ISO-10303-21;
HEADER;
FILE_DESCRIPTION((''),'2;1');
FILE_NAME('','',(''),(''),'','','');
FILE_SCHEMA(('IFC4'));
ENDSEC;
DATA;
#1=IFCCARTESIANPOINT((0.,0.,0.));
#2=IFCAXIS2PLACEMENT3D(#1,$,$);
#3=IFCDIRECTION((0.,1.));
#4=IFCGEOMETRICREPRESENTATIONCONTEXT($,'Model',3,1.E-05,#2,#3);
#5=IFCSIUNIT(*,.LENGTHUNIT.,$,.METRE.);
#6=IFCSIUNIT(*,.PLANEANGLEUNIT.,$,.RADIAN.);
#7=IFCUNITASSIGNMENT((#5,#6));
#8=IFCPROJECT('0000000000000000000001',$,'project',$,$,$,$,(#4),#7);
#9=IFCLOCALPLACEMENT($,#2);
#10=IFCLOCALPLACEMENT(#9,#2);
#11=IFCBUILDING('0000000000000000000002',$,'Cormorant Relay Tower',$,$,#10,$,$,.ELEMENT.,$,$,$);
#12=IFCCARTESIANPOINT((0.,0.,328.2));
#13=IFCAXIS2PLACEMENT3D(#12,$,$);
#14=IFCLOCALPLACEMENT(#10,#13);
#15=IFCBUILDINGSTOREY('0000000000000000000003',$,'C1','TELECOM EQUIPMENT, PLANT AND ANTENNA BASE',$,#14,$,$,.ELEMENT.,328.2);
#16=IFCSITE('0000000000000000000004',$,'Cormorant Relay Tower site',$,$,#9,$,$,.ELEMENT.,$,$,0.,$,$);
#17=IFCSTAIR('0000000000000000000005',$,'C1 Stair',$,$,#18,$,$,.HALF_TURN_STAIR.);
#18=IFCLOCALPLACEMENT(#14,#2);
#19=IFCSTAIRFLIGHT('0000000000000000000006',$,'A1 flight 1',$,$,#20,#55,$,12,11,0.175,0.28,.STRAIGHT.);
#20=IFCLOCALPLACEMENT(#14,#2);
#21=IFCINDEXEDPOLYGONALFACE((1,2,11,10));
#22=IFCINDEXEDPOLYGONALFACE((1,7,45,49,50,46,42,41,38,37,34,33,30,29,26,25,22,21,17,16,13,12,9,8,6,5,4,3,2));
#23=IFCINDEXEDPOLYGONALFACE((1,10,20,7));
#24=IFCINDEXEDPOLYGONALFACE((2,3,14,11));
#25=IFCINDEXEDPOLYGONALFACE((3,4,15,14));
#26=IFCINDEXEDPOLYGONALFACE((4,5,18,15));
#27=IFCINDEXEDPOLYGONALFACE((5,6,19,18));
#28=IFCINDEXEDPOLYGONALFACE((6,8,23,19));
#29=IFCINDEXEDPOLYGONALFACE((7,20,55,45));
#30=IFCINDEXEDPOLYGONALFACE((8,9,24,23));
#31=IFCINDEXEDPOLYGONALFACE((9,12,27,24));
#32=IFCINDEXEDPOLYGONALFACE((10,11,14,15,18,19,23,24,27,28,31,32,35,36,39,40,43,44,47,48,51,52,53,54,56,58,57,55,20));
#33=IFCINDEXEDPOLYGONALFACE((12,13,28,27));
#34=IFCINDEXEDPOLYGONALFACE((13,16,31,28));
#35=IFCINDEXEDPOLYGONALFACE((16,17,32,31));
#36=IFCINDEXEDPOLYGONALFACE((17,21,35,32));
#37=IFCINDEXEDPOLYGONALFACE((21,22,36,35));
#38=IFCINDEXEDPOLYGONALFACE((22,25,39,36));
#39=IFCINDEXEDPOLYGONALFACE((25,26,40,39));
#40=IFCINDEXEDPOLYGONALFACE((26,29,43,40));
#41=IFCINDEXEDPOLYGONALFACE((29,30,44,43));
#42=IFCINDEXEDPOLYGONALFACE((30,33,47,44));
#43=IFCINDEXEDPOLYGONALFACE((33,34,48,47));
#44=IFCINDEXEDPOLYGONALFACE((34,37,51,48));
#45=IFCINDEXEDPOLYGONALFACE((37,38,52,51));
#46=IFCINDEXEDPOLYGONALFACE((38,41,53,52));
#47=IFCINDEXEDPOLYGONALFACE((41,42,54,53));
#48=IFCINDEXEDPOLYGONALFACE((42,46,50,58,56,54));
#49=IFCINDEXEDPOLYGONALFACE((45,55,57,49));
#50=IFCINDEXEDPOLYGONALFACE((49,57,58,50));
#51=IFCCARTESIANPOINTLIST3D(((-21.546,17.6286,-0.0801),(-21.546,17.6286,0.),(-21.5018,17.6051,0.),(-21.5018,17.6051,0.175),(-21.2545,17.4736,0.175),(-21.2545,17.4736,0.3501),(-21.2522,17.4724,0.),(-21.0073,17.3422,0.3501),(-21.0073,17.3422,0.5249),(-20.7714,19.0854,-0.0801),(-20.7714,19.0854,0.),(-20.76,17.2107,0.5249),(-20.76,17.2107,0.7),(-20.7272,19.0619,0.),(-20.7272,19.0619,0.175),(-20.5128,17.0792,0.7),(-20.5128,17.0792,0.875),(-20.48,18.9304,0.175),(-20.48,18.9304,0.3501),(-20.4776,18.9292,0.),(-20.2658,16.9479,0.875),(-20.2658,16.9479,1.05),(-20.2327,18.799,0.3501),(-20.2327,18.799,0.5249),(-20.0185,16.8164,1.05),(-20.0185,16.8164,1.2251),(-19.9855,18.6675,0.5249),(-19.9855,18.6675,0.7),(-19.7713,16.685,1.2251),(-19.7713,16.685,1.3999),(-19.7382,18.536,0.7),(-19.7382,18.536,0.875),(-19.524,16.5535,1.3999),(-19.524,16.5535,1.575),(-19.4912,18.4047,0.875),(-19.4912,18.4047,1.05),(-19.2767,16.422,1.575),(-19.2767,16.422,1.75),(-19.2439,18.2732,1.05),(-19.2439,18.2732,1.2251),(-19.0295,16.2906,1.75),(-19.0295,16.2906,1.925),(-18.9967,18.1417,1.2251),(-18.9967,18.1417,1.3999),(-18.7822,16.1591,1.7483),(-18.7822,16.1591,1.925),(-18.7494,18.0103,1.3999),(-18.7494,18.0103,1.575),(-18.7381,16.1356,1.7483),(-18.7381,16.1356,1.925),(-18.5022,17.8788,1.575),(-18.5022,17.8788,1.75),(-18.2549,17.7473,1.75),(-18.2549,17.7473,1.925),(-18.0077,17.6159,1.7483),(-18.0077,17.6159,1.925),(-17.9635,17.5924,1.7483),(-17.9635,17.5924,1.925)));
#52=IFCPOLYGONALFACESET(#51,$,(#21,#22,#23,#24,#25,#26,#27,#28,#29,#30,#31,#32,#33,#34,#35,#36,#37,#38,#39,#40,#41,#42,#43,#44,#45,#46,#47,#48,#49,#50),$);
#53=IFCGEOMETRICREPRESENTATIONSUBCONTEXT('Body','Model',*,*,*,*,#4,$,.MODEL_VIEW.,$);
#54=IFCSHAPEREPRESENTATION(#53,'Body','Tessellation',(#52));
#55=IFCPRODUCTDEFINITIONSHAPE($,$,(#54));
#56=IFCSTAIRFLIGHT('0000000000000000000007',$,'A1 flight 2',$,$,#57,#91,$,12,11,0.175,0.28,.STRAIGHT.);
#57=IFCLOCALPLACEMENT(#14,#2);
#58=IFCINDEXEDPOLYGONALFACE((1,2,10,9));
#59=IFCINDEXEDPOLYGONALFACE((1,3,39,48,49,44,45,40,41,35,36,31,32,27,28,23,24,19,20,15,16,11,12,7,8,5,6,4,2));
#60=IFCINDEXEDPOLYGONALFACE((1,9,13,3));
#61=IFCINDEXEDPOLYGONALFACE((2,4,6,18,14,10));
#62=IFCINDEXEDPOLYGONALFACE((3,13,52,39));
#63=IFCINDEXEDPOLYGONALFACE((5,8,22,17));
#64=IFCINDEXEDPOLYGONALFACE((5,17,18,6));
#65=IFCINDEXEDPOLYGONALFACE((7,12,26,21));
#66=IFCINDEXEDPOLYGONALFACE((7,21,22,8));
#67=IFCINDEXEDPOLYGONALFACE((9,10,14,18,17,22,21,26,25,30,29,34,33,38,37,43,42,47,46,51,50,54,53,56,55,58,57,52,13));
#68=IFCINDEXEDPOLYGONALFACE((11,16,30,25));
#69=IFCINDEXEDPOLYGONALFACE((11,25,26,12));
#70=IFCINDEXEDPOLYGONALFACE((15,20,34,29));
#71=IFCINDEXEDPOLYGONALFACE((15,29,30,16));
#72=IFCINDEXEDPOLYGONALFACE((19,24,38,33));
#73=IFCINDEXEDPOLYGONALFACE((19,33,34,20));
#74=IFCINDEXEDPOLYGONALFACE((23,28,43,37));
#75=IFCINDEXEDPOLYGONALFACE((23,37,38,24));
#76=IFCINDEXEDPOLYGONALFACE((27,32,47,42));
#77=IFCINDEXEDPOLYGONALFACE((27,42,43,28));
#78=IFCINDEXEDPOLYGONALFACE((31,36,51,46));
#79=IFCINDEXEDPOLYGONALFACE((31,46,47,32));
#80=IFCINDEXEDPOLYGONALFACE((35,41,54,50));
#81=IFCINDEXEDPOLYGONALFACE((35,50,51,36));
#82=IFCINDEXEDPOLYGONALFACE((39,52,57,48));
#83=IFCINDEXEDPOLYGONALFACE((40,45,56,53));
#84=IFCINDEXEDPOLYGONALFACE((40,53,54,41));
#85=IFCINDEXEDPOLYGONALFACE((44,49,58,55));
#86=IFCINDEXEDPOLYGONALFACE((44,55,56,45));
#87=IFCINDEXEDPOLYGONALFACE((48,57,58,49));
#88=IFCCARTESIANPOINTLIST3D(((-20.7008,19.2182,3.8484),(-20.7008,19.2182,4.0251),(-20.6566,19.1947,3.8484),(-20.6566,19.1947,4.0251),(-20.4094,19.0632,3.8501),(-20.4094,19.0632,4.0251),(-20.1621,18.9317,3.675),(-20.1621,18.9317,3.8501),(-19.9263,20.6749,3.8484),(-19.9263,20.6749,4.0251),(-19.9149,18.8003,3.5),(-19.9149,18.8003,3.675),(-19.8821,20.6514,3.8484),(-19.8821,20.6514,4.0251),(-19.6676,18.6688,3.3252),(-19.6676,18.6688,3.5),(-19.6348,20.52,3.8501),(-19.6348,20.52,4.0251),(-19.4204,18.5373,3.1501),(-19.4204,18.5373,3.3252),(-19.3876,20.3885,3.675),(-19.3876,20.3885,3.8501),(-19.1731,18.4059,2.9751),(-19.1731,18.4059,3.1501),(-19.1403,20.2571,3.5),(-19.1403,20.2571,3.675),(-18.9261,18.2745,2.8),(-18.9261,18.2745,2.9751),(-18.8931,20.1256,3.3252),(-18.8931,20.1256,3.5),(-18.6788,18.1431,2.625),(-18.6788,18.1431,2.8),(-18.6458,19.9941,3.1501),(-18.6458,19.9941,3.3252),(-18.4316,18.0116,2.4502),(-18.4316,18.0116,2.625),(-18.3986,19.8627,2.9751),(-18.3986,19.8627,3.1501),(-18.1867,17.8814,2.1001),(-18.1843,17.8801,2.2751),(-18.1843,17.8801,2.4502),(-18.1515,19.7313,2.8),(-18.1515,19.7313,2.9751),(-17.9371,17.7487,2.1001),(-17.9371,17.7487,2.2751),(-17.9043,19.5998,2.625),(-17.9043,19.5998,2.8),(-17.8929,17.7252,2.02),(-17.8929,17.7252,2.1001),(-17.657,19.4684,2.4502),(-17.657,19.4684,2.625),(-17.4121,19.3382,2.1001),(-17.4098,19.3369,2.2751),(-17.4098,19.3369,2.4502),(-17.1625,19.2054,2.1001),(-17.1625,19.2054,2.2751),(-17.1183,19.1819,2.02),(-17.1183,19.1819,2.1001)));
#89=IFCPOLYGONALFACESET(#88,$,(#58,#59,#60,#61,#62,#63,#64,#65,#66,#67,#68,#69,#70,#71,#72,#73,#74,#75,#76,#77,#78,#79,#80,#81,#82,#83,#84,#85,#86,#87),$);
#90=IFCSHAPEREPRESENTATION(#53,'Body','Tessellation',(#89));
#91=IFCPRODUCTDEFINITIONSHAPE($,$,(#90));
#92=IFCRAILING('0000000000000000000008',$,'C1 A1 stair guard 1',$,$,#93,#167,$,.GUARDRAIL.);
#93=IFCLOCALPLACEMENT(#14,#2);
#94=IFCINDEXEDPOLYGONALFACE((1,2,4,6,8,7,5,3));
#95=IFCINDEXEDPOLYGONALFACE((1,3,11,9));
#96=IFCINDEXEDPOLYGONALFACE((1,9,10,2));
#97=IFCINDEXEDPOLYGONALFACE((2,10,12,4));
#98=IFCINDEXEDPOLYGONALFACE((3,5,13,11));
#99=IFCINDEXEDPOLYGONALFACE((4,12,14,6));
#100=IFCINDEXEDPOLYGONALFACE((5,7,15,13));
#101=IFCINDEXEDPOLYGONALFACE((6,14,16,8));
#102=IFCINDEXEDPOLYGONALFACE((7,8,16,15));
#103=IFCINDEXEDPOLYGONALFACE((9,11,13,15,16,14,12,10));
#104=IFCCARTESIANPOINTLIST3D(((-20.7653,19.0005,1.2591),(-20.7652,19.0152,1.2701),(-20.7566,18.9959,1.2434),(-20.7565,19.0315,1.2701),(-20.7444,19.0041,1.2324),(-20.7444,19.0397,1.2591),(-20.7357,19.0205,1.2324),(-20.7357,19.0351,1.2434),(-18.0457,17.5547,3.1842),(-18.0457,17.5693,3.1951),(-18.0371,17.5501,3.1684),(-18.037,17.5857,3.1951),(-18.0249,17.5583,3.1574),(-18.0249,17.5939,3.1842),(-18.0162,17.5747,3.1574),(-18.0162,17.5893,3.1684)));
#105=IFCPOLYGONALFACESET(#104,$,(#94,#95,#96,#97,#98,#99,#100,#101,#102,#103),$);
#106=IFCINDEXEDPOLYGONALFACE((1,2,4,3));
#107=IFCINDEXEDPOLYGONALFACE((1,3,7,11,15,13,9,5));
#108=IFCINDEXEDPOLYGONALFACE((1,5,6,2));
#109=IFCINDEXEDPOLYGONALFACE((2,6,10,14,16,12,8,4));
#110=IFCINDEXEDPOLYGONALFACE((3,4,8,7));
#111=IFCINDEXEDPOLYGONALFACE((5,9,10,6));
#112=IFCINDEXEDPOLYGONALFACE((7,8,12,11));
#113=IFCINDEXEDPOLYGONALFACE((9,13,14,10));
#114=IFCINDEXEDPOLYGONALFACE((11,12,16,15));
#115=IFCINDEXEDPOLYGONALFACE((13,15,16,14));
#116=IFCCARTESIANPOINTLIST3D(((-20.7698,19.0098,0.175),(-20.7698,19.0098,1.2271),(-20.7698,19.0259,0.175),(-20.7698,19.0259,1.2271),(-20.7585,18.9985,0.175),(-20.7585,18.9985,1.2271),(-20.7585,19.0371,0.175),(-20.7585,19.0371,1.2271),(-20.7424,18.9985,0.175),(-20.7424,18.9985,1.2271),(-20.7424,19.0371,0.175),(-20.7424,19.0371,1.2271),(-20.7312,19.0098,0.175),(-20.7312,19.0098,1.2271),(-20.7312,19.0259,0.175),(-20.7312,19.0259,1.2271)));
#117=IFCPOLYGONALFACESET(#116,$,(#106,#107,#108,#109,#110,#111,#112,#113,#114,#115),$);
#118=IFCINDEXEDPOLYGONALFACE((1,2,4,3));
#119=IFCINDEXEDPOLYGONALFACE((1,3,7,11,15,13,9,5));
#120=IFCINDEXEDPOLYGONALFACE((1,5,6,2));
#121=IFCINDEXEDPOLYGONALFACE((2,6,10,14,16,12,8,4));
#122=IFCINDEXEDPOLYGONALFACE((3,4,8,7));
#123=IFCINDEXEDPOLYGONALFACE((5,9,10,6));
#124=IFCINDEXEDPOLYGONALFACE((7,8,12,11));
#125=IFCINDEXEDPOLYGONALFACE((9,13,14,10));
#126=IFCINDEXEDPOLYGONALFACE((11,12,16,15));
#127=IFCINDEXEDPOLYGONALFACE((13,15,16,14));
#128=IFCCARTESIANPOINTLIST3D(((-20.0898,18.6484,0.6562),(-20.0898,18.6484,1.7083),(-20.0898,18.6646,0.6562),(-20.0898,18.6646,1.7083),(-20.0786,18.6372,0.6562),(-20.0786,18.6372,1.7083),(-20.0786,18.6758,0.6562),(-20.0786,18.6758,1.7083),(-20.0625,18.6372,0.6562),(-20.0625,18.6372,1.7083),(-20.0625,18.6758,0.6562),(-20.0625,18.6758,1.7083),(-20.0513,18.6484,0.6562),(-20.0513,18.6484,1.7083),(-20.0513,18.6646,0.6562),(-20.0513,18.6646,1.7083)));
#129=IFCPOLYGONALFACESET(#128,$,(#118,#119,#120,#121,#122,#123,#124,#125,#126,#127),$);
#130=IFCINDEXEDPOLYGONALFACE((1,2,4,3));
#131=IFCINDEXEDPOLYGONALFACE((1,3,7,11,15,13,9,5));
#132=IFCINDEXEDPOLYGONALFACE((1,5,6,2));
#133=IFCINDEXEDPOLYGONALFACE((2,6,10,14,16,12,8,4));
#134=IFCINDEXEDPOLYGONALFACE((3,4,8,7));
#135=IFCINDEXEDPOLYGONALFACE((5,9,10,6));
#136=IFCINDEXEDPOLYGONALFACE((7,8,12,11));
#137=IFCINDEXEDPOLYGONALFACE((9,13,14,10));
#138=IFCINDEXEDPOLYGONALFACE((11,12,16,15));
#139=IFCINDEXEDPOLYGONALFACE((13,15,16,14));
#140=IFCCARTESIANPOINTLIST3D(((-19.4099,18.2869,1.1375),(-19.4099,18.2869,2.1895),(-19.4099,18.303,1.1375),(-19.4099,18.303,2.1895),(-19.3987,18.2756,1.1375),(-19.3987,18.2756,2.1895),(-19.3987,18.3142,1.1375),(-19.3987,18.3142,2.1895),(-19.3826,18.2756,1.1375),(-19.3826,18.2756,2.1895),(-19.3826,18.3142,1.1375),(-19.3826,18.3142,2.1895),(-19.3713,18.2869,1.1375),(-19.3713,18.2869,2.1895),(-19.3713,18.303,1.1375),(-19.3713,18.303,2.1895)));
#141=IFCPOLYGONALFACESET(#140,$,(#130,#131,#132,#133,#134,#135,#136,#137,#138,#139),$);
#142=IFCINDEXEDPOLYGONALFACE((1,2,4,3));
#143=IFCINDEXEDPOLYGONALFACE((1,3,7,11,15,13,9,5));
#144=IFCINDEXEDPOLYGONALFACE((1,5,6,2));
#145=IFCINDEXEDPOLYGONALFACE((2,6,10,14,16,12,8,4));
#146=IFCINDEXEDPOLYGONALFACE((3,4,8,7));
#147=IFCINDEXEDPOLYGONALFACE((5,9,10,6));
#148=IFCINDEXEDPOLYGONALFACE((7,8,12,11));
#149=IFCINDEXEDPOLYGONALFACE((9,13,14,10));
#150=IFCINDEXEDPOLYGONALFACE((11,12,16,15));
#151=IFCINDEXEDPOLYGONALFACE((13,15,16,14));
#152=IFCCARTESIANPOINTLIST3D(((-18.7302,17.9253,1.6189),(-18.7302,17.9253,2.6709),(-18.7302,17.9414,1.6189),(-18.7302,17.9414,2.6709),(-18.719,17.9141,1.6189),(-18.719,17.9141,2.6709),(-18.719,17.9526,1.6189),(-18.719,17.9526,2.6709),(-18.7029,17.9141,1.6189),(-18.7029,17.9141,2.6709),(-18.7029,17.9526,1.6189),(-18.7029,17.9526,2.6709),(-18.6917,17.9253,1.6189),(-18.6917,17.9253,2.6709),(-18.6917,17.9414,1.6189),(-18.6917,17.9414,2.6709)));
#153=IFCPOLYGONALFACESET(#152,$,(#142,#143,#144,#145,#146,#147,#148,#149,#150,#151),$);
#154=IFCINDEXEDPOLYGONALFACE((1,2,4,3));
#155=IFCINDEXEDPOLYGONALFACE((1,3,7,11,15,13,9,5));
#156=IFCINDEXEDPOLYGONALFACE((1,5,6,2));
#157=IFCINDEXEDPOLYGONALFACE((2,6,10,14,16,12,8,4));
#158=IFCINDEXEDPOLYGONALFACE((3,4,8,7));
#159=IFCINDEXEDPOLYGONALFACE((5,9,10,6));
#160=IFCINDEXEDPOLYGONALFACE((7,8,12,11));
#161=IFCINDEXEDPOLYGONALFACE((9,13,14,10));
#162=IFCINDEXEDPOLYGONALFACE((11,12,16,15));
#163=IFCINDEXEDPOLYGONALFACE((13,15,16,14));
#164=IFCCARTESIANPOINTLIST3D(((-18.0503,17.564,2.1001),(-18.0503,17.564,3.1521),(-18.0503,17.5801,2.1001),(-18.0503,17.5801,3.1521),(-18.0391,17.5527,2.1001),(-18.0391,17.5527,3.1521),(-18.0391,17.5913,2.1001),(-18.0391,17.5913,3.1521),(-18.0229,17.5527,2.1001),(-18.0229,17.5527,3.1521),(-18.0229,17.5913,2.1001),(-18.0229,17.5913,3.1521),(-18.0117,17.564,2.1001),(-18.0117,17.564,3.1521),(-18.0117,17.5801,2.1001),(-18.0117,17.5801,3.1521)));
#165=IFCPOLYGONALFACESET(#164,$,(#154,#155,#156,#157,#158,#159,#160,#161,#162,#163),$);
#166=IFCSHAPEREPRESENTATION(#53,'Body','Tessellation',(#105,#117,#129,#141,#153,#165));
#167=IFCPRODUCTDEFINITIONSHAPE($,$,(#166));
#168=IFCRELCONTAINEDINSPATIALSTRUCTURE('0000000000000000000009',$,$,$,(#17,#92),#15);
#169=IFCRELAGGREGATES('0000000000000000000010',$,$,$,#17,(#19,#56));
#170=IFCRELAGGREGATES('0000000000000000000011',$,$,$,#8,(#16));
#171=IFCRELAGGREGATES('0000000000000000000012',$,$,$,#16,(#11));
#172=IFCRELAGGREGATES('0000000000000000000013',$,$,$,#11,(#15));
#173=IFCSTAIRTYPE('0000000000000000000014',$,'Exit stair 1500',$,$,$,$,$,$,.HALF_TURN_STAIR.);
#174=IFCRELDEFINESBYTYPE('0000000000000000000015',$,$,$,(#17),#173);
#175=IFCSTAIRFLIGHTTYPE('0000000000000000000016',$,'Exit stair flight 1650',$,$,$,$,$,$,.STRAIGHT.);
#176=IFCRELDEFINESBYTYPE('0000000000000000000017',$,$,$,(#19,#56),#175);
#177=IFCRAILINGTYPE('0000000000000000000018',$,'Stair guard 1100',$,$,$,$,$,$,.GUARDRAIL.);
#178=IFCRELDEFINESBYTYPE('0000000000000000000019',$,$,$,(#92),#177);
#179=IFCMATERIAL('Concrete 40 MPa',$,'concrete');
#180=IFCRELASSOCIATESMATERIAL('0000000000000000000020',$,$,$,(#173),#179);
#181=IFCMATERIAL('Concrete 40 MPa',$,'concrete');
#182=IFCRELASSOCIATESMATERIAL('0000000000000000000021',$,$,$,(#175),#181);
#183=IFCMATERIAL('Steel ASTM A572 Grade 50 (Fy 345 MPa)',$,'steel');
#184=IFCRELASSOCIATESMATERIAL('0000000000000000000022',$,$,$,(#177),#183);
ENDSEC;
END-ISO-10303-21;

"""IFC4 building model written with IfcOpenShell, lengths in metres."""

from ifc_helpers import new_model, si_unit, direction, frame, origin, place, context, subcontext, project, spatial, polyline, outline, extrude, material, type_object, element, aggregate, save


model = new_model("IFC4")

# Units and contexts
model_context = context("Model", 3, precision=1e-05, world=origin(), true_north=direction((0.0, 1.0)))
body_context = subcontext(model_context, "Body", "Model", "MODEL_VIEW")
ifc_project = project(units=[si_unit("LENGTHUNIT", "METRE"), si_unit("PLANEANGLEUNIT", "RADIAN")], contexts=[model_context])

# Site, building, storey
site_placement = place(None, origin())
site = spatial("IfcSite", under=ifc_project, at=site_placement, Name="Cormorant Relay Tower site", CompositionType="ELEMENT", RefElevation=0.0)
building_placement = place(site_placement, origin())
building = spatial("IfcBuilding", under=site, at=building_placement, Name="Cormorant Relay Tower", CompositionType="ELEMENT")
storey_placement = place(building_placement, frame((0.0, 0.0, 328.2)))
storey = spatial("IfcBuildingStorey", under=building, at=storey_placement, Name="C1", Description="TELECOM EQUIPMENT, PLANT AND ANTENNA BASE", CompositionType="ELEMENT", Elevation=328.2)

# Stair, stair flights
ifc_material_1 = material(Name="Concrete 40 MPa", Category="concrete")
stair_type = type_object("IfcStairType", Name="Exit stair 1500", PredefinedType="HALF_TURN_STAIR", material=ifc_material_1)
stair_placement = place(storey_placement, origin())
stair = element("IfcStair", 1, at=stair_placement, inside=storey, type_object=stair_type, Name="C1 Stair", PredefinedType="HALF_TURN_STAIR")
ifc_material_2 = material(Name="Concrete 40 MPa", Category="concrete")
stair_flight_type = type_object("IfcStairFlightType", Name="Exit stair flight 1650", PredefinedType="STRAIGHT", material=ifc_material_2)
stair_flight_1_placement = place(storey_placement, frame((-21.1145, 18.3335, 0.0), z_axis=(0.0, 0.0, 1.0), x_axis=(0.882948, -0.469472, 0.0)))
stair_flight_1 = element("IfcStairFlight", 2, at=stair_flight_1_placement, type_object=stair_flight_type, Name="A1 flight 1", NumberOfRisers=12, NumberOfTreads=11, PredefinedType="STRAIGHT", RiserHeight=0.175, TreadLength=0.28, context=body_context, shape_type="SweptSolid", body=[
    extrude(outline(polyline([(-0.05, -0.0801), (-0.05, 0.0), (0.0, 0.0), (0.0, 0.175), (0.28, 0.175), (0.28, 0.3501), (0.5601, 0.3501), (0.5601, 0.5249), (0.8401, 0.5249), (0.8401, 0.7), (1.1201, 0.7), (1.1201, 0.875), (1.3999, 0.875), (1.3999, 1.05), (1.6799, 1.05), (1.6799, 1.2251), (1.96, 1.2251), (1.96, 1.3999), (2.24, 1.3999), (2.24, 1.575), (2.52, 1.575), (2.52, 1.75), (2.8, 1.75), (2.8, 1.925), (3.0801, 1.925), (3.1301, 1.925), (3.1301, 1.7483), (3.0801, 1.7483), (0.2827, 0.0), (-0.05, -0.0801)])), frame((0.0, 0.825, 0.0), z_axis=(0.0, -1.0, 0.0), x_axis=(1.0, 0.0, 0.0)), (0.0, 0.0, 1.0), 1.6499),
])
stair_flight_2_placement = place(storey_placement, frame((-17.5498, 18.4771, 2.1001), z_axis=(0.0, 0.0, 1.0), x_axis=(-0.882948, 0.469472, 0.0)))
stair_flight_2 = element("IfcStairFlight", 3, at=stair_flight_2_placement, type_object=stair_flight_type, Name="A1 flight 2", NumberOfRisers=12, NumberOfTreads=11, PredefinedType="STRAIGHT", RiserHeight=0.175, TreadLength=0.28, context=body_context, shape_type="SweptSolid", body=[
    extrude(outline(polyline([(-0.05, -0.0801), (-0.05, 0.0), (0.0, 0.0), (0.0, 0.175), (0.28, 0.175), (0.28, 0.3501), (0.5601, 0.3501), (0.5601, 0.5249), (0.8401, 0.5249), (0.8401, 0.7), (1.1201, 0.7), (1.1201, 0.875), (1.3999, 0.875), (1.3999, 1.05), (1.6799, 1.05), (1.6799, 1.2251), (1.96, 1.2251), (1.96, 1.3999), (2.24, 1.3999), (2.24, 1.575), (2.52, 1.575), (2.52, 1.75), (2.8, 1.75), (2.8, 1.925), (3.0801, 1.925), (3.1301, 1.925), (3.1301, 1.7483), (3.0801, 1.7483), (0.2827, 0.0), (-0.05, -0.0801)])), frame((0.0, 0.825, 0.0), z_axis=(0.0, -1.0, 0.0), x_axis=(1.0, 0.0, 0.0)), (0.0, 0.0, 1.0), 1.6499),
])
aggregate(stair, [stair_flight_1, stair_flight_2])

# Railing
ifc_material_3 = material(Name="Steel ASTM A572 Grade 50 (Fy 345 MPa)", Category="steel")
railing_type_1 = type_object("IfcRailingType", Name="Stair guard 1100", PredefinedType="GUARDRAIL", material=ifc_material_3)
railing_1_placement = place(storey_placement, frame((-20.7505, 19.0178, 0.175)))
element("IfcRailing", 4, at=railing_1_placement, inside=storey, type_object=railing_type_1, Name="C1 A1 stair guard 1", PredefinedType="GUARDRAIL", context=body_context, shape_type="SweptSolid", body=[
    extrude(outline(polyline([(0.0222, 0.0093), (0.0093, 0.0222), (-0.0093, 0.0222), (-0.0222, 0.0093), (-0.0222, -0.0093), (-0.0093, -0.0222), (0.0093, -0.0222), (0.0222, -0.0093), (0.0222, 0.0093)])), frame((0.0, 0.0, 1.0762), z_axis=(0.748747, -0.398068, 0.530018), x_axis=(0.469428, 0.882971, 0.0)), (0.0, 0.0, 1.0), 3.6321),
    extrude(outline(polyline([(0.0193, 0.0081), (0.0081, 0.0193), (-0.0081, 0.0193), (-0.0193, 0.0081), (-0.0193, -0.0081), (-0.0081, -0.0193), (0.0081, -0.0193), (0.0193, -0.0081), (0.0193, 0.0081)])), origin(), (0.0, 0.0, 1.0), 1.052),
    extrude(outline(polyline([(0.0193, 0.0081), (0.0081, 0.0193), (-0.0081, 0.0193), (-0.0193, 0.0081), (-0.0193, -0.0081), (-0.0081, -0.0193), (0.0081, -0.0193), (0.0193, -0.0081), (0.0193, 0.0081)])), frame((0.6799, -0.3613, 0.4812)), (0.0, 0.0, 1.0), 1.052),
    extrude(outline(polyline([(0.0193, 0.0081), (0.0081, 0.0193), (-0.0081, 0.0193), (-0.0193, 0.0081), (-0.0193, -0.0081), (-0.0081, -0.0193), (0.0081, -0.0193), (0.0193, -0.0081), (0.0193, 0.0081)])), frame((1.3599, -0.7229, 0.9624)), (0.0, 0.0, 1.0), 1.052),
    extrude(outline(polyline([(0.0193, 0.0081), (0.0081, 0.0193), (-0.0081, 0.0193), (-0.0193, 0.0081), (-0.0193, -0.0081), (-0.0081, -0.0193), (0.0081, -0.0193), (0.0193, -0.0081), (0.0193, 0.0081)])), frame((2.0396, -1.0845, 1.4438)), (0.0, 0.0, 1.0), 1.052),
    extrude(outline(polyline([(0.0193, 0.0081), (0.0081, 0.0193), (-0.0081, 0.0193), (-0.0193, 0.0081), (-0.0193, -0.0081), (-0.0081, -0.0193), (0.0081, -0.0193), (0.0193, -0.0081), (0.0193, 0.0081)])), frame((2.7195, -1.4458, 1.925)), (0.0, 0.0, 1.0), 1.052),
])

save(model, "model.ifc")
